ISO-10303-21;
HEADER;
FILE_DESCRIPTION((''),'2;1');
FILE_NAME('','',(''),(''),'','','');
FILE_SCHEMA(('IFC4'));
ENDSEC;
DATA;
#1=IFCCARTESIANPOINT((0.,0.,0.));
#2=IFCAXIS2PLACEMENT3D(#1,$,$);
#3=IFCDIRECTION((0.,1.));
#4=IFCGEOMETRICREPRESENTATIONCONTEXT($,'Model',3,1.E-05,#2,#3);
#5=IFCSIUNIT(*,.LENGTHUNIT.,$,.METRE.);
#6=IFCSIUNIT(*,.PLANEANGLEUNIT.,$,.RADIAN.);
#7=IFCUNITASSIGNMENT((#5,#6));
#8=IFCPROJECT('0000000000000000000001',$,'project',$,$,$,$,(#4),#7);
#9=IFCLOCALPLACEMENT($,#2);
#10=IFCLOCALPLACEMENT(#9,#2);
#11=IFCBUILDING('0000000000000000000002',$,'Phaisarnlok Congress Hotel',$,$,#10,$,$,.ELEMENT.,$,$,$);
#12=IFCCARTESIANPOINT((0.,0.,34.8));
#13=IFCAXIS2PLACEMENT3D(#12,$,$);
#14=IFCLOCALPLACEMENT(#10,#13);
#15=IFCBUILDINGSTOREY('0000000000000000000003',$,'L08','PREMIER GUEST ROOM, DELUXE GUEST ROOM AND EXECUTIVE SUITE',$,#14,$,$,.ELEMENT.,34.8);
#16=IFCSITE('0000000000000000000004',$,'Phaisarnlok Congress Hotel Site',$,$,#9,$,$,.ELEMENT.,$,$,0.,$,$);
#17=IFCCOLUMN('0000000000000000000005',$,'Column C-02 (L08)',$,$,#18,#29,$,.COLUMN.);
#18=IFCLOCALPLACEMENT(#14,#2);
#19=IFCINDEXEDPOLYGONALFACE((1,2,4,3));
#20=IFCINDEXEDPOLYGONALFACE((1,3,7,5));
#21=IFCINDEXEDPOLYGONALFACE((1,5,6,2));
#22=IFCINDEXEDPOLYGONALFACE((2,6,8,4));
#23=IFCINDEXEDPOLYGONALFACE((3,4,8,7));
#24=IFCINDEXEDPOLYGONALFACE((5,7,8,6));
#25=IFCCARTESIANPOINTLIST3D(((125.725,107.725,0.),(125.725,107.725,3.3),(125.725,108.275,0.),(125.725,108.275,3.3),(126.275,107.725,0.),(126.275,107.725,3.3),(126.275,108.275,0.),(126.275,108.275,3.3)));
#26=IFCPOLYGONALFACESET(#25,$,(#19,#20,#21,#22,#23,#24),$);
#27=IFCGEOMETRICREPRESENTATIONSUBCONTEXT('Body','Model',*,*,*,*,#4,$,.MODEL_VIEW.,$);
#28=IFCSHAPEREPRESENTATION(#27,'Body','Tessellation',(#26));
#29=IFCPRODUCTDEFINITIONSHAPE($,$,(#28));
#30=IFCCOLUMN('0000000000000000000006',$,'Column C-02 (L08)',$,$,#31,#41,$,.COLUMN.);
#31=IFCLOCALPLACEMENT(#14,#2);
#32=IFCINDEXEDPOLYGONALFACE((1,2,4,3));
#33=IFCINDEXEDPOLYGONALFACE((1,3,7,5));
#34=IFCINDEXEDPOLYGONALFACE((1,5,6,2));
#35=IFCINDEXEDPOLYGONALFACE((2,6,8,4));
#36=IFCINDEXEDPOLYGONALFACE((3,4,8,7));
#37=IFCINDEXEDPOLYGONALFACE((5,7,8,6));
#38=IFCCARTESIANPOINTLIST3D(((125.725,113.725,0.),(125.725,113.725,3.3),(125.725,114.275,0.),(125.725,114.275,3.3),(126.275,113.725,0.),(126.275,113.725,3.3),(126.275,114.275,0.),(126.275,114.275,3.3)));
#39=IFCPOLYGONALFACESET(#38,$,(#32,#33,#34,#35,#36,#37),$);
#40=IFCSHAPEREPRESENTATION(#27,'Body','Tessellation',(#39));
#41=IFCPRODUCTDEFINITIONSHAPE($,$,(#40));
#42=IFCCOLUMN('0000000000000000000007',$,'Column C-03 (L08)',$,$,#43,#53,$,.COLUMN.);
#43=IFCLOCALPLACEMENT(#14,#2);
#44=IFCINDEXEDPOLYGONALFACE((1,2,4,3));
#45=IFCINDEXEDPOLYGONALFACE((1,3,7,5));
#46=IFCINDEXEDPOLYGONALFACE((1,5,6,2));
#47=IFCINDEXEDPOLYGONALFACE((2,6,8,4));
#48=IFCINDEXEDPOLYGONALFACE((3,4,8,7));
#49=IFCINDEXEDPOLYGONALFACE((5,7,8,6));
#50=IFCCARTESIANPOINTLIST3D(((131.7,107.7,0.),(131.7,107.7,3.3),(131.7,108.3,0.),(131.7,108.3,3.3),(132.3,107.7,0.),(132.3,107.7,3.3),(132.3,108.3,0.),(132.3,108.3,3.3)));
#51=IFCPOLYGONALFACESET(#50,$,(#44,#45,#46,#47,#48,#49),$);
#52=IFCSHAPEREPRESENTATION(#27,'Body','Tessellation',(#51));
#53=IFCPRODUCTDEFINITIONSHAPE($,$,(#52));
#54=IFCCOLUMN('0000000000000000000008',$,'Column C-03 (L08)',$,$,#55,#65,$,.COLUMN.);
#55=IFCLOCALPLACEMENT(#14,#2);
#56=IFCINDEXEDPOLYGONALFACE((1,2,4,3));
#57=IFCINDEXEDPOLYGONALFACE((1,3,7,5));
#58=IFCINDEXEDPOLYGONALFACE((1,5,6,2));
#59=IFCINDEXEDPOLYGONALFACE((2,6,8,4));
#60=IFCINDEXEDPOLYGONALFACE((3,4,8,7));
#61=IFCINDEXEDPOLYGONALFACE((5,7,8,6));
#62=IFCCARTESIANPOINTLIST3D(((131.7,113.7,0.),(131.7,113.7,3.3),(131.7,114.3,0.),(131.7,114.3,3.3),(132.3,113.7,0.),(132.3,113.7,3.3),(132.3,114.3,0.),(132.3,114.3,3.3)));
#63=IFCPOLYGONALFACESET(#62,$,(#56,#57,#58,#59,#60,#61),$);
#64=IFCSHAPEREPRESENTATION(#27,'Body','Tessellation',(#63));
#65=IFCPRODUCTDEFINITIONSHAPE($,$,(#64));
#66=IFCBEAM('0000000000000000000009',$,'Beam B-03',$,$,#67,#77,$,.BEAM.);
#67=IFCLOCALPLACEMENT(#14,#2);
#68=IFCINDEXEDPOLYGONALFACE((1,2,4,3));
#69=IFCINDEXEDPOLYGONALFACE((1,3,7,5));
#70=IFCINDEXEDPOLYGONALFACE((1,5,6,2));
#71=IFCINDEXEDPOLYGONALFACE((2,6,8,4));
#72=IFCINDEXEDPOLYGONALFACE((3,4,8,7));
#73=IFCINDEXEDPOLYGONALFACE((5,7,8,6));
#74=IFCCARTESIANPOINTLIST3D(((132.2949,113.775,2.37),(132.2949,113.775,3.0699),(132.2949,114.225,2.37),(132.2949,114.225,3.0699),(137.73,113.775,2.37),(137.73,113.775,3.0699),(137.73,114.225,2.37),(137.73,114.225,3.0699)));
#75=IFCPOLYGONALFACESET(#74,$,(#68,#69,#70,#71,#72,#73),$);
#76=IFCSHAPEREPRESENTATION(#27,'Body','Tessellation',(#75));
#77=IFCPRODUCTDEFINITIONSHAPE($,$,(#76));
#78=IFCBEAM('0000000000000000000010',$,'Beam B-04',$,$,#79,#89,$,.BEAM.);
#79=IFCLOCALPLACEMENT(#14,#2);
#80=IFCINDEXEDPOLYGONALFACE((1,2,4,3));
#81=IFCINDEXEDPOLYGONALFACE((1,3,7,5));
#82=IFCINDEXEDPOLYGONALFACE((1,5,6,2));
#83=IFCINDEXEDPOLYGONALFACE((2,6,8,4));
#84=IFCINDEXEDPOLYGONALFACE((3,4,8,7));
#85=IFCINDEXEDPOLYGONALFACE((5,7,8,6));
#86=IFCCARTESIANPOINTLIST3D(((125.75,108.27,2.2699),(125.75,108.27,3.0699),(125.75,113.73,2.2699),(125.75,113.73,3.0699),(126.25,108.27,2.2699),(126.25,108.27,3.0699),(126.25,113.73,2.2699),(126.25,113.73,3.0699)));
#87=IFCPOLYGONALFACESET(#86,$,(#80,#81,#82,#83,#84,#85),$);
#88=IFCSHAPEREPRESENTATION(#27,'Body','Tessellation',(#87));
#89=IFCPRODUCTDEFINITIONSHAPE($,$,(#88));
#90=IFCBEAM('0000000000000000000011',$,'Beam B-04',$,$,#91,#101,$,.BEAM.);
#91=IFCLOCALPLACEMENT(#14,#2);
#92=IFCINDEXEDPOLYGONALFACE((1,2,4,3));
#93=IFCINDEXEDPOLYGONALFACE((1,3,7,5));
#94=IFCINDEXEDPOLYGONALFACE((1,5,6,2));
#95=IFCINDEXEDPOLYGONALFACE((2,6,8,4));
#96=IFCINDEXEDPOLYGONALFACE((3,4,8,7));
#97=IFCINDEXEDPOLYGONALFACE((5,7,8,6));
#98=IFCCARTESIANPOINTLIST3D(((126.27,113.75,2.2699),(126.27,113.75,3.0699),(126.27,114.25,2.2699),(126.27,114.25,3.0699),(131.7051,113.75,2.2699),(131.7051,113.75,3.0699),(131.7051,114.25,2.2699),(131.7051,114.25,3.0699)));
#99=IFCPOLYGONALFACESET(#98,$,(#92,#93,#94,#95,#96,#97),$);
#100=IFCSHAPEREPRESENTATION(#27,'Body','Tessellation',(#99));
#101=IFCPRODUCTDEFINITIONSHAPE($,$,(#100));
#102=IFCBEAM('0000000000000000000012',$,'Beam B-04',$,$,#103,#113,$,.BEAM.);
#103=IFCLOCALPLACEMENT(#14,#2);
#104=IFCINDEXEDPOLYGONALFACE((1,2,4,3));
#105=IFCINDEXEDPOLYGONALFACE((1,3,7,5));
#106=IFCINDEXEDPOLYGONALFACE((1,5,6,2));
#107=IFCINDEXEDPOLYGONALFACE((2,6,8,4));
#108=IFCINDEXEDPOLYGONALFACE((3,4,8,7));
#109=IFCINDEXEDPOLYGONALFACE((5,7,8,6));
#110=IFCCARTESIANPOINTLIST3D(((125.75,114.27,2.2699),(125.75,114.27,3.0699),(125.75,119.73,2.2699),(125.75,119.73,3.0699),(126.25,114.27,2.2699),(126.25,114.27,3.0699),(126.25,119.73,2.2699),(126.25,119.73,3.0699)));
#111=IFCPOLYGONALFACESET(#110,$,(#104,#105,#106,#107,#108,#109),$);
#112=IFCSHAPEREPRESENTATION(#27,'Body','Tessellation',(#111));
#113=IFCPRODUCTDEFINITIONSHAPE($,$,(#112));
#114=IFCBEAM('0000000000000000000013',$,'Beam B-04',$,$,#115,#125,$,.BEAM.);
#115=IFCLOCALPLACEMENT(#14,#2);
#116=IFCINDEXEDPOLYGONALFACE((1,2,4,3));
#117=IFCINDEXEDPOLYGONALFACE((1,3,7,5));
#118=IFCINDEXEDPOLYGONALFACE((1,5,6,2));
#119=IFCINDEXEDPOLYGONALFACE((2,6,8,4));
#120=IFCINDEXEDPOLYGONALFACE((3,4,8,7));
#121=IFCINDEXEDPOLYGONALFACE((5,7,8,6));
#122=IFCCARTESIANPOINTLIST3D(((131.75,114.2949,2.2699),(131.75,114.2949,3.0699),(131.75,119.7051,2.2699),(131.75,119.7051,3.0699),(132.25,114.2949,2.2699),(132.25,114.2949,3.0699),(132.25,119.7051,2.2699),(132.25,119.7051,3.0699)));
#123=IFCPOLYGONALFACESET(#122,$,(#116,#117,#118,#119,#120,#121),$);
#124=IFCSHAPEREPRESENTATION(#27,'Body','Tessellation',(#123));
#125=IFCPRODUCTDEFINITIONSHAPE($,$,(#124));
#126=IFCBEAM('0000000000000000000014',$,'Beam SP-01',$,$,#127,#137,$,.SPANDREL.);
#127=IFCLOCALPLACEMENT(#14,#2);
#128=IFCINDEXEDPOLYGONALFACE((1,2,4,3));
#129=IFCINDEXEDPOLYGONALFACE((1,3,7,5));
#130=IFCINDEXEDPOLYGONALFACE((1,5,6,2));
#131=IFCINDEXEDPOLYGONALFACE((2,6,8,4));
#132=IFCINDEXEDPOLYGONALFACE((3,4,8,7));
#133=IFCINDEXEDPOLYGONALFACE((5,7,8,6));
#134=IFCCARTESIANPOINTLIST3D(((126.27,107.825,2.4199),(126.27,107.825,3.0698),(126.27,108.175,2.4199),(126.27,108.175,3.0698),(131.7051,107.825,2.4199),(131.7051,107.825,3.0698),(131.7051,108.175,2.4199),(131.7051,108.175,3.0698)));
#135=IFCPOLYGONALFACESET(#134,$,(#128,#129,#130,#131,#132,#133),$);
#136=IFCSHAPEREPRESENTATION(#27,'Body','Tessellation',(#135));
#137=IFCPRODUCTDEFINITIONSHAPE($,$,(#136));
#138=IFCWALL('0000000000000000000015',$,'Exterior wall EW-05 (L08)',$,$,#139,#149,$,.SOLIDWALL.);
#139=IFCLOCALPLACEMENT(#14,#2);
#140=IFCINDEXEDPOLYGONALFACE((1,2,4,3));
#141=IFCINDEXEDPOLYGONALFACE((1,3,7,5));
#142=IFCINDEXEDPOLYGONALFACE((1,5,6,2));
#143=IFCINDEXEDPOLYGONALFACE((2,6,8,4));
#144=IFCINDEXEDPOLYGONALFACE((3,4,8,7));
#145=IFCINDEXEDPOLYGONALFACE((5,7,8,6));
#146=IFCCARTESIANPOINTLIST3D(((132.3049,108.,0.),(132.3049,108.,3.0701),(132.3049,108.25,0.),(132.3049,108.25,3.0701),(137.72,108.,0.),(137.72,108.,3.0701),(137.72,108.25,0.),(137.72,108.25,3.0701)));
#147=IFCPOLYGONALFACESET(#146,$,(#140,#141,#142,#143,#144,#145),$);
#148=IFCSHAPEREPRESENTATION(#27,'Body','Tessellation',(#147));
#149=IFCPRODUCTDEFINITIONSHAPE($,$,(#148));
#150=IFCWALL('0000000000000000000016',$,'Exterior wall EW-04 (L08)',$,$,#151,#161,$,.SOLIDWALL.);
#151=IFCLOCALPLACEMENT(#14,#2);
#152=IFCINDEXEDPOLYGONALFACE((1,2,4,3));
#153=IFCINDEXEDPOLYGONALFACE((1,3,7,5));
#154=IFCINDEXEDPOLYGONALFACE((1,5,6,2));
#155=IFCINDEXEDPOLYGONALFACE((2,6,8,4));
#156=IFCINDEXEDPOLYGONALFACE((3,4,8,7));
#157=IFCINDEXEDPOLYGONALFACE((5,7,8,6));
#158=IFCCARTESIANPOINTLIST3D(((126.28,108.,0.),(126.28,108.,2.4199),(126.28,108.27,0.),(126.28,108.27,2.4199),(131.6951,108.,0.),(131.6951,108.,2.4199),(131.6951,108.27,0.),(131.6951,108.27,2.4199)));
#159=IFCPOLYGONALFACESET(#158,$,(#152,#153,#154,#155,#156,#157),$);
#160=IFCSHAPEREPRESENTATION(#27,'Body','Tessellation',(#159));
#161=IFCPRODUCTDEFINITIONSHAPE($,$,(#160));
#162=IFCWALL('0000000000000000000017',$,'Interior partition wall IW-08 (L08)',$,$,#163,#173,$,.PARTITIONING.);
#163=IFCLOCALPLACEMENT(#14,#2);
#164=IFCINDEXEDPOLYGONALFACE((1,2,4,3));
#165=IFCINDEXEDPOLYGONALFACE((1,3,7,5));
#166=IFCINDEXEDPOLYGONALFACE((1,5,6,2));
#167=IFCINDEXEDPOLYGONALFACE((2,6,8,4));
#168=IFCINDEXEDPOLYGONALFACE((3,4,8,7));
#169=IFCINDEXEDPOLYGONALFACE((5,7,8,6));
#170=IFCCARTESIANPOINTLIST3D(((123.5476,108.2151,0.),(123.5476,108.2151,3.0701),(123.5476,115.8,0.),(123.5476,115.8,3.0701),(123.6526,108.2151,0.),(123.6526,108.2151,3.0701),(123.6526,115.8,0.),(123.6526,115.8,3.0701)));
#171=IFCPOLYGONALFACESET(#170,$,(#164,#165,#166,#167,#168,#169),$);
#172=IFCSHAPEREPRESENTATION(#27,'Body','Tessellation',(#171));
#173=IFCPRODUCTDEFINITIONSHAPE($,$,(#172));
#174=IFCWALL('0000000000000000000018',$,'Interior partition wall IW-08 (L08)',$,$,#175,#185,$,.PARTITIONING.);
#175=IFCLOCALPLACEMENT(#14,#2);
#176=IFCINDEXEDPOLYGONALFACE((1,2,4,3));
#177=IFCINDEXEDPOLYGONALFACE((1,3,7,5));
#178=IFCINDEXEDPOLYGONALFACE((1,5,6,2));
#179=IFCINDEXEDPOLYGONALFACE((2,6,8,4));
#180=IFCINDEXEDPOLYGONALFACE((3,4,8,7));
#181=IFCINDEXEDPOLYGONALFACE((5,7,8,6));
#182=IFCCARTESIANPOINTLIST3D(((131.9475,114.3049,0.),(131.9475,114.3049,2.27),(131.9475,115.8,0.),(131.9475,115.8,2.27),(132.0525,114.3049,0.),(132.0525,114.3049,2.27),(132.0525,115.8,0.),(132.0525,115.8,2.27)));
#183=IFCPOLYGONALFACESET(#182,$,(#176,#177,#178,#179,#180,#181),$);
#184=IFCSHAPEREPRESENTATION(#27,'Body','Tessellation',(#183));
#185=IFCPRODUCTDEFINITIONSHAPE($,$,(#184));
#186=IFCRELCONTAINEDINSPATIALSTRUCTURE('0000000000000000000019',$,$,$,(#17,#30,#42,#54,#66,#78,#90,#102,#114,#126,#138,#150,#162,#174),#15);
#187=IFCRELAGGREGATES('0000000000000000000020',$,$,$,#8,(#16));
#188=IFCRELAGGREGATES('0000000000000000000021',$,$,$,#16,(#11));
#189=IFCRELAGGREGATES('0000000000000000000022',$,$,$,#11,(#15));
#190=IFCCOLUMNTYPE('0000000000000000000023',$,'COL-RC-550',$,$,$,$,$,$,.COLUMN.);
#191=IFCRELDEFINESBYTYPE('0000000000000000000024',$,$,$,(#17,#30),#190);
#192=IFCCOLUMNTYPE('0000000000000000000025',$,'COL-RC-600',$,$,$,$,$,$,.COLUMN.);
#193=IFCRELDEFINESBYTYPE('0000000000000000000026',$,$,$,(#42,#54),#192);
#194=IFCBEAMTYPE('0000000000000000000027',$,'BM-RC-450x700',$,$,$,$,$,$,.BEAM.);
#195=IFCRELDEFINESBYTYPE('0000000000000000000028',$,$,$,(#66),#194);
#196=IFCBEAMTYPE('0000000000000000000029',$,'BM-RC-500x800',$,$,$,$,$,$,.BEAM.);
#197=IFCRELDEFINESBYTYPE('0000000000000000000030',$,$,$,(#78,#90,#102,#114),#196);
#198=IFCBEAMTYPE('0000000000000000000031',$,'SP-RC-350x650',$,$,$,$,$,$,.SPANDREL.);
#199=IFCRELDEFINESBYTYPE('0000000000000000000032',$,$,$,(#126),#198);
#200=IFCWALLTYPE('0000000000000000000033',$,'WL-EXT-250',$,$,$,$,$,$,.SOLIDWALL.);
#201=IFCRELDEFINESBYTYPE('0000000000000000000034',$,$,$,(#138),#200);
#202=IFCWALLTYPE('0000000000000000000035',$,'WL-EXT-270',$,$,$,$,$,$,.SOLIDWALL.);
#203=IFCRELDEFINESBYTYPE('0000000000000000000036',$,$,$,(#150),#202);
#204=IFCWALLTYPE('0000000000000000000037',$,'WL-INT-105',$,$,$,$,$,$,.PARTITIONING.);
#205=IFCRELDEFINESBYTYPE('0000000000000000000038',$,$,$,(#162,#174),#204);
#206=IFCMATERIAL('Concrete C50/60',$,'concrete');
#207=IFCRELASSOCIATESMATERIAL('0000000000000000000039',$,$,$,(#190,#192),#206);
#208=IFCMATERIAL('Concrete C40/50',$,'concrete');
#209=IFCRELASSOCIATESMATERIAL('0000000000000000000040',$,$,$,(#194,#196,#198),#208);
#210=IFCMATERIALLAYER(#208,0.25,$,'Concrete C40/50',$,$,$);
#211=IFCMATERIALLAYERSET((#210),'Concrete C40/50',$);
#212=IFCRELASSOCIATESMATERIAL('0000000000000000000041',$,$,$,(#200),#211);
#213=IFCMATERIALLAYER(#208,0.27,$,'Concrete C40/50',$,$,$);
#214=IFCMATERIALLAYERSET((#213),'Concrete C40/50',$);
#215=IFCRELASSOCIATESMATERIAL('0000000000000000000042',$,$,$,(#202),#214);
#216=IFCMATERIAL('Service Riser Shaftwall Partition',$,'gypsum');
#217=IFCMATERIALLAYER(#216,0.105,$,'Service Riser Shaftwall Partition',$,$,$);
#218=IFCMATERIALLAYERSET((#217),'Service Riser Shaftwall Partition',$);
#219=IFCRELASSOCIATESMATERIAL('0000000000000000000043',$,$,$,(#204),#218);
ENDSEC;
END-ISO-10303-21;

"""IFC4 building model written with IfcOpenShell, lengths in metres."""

from ifc_helpers import new_model, si_unit, direction, frame, frame_2d, origin, origin_2d, place, context, subcontext, project, spatial, rectangle, extrude, material, layer, layer_set, material_profile, profile_set, type_object, element, save


model = new_model("IFC4")

# Units and contexts
model_context = context("Model", 3, precision=1e-05, world=origin(), true_north=direction((0.0, 1.0)))
body_context = subcontext(model_context, "Body", "Model", "MODEL_VIEW")
ifc_project = project(units=[si_unit("LENGTHUNIT", "METRE"), si_unit("PLANEANGLEUNIT", "RADIAN")], contexts=[model_context])

# Site, building, storey
site_placement = place(None, origin())
site = spatial("IfcSite", under=ifc_project, at=site_placement, Name="Phaisarnlok Congress Hotel Site", CompositionType="ELEMENT", RefElevation=0.0)
building_placement = place(site_placement, origin())
building = spatial("IfcBuilding", under=site, at=building_placement, Name="Phaisarnlok Congress Hotel", CompositionType="ELEMENT")
storey_placement = place(building_placement, frame((0.0, 0.0, 34.8)))
storey = spatial("IfcBuildingStorey", under=building, at=storey_placement, Name="L08", Description="PREMIER GUEST ROOM, DELUXE GUEST ROOM AND EXECUTIVE SUITE", CompositionType="ELEMENT", Elevation=34.8)

# Columns
ifc_material_1 = material(Name="Concrete C50/60", Category="concrete")
ifc_material_profile_1 = material_profile(ifc_material_1, rectangle(XDim=0.55, YDim=0.55, at=origin_2d()), Name="RC 550x550")
ifc_profile_set_1 = profile_set([ifc_material_profile_1], Name="Concrete C50/60")
column_type_1 = type_object("IfcColumnType", Name="COL-RC-550", PredefinedType="COLUMN", material=ifc_profile_set_1)
for number, where, z_axis, x_axis, name in (
    (1, (126.0, 108.0, 0.0), (0.0, 0.0, 1.0), (1.0, 0.0, 0.0), "Column C-02 (L08)"),
    (2, (126.0, 114.0, 0.0), (0.0, 0.0, 1.0), (1.0, 0.0, 0.0), "Column C-02 (L08)"),
):
    element("IfcColumn", number, at=place(storey_placement, frame(where, z_axis=z_axis, x_axis=x_axis)), inside=storey, type_object=column_type_1, Name=name, PredefinedType="COLUMN", context=body_context, shape_type="SweptSolid", body=[
        extrude(rectangle(XDim=0.55, YDim=0.55, at=origin_2d()), origin(), (0.0, 0.0, 1.0), 3.3),
    ])
ifc_material_profile_2 = material_profile(ifc_material_1, rectangle(XDim=0.6001, YDim=0.6001, at=origin_2d()), Name="RC 600x600")
ifc_profile_set_2 = profile_set([ifc_material_profile_2], Name="Concrete C50/60")
column_type_2 = type_object("IfcColumnType", Name="COL-RC-600", PredefinedType="COLUMN", material=ifc_profile_set_2)
for number, where, z_axis, x_axis, name in (
    (3, (132.0, 108.0, 0.0), (0.0, 0.0, 1.0), (1.0, 0.0, 0.0), "Column C-03 (L08)"),
    (4, (132.0, 114.0, 0.0), (0.0, 0.0, 1.0), (1.0, 0.0, 0.0), "Column C-03 (L08)"),
):
    element("IfcColumn", number, at=place(storey_placement, frame(where, z_axis=z_axis, x_axis=x_axis)), inside=storey, type_object=column_type_2, Name=name, PredefinedType="COLUMN", context=body_context, shape_type="SweptSolid", body=[
        extrude(rectangle(XDim=0.6001, YDim=0.6001, at=origin_2d()), origin(), (0.0, 0.0, 1.0), 3.3),
    ])

# Beams
ifc_material_2 = material(Name="Concrete C40/50", Category="concrete")
ifc_material_profile_3 = material_profile(ifc_material_2, rectangle(XDim=0.45, YDim=0.7, at=origin_2d()), Name="RC 450x700")
ifc_profile_set_3 = profile_set([ifc_material_profile_3], Name="Concrete C40/50")
beam_type_1 = type_object("IfcBeamType", Name="BM-RC-450x700", PredefinedType="BEAM", material=ifc_profile_set_3)
beam_1_placement = place(storey_placement, frame((132.2949, 114.0, 2.72), z_axis=(1.0, 0.0, 0.0), x_axis=(0.0, 1.0, 0.0)))
element("IfcBeam", 5, at=beam_1_placement, inside=storey, type_object=beam_type_1, Name="Beam B-03", PredefinedType="BEAM", context=body_context, shape_type="SweptSolid", body=[
    extrude(rectangle(XDim=0.45, YDim=0.7, at=origin_2d()), origin(), (0.0, 0.0, 1.0), 5.4351),
])
ifc_material_profile_4 = material_profile(ifc_material_2, rectangle(XDim=0.5, YDim=0.8, at=origin_2d()), Name="RC 500x800")
ifc_profile_set_4 = profile_set([ifc_material_profile_4], Name="Concrete C40/50")
beam_type_2 = type_object("IfcBeamType", Name="BM-RC-500x800", PredefinedType="BEAM", material=ifc_profile_set_4)
beam_2_placement = place(storey_placement, frame((126.0, 108.27, 2.6699), z_axis=(0.0, 1.0, 0.0), x_axis=(-1.0, 0.0, 0.0)))
element("IfcBeam", 6, at=beam_2_placement, inside=storey, type_object=beam_type_2, Name="Beam B-04", PredefinedType="BEAM", context=body_context, shape_type="SweptSolid", body=[
    extrude(rectangle(XDim=0.5, YDim=0.8, at=origin_2d()), origin(), (0.0, 0.0, 1.0), 5.46),
])
beam_3_placement = place(storey_placement, frame((126.27, 114.0, 2.6699), z_axis=(1.0, 0.0, 0.0), x_axis=(0.0, 1.0, 0.0)))
element("IfcBeam", 7, at=beam_3_placement, inside=storey, type_object=beam_type_2, Name="Beam B-04", PredefinedType="BEAM", context=body_context, shape_type="SweptSolid", body=[
    extrude(rectangle(XDim=0.5, YDim=0.8, at=origin_2d()), origin(), (0.0, 0.0, 1.0), 5.4351),
])
beam_4_placement = place(storey_placement, frame((126.0, 114.27, 2.6699), z_axis=(0.0, 1.0, 0.0), x_axis=(-1.0, 0.0, 0.0)))
element("IfcBeam", 8, at=beam_4_placement, inside=storey, type_object=beam_type_2, Name="Beam B-04", PredefinedType="BEAM", context=body_context, shape_type="SweptSolid", body=[
    extrude(rectangle(XDim=0.5, YDim=0.8, at=origin_2d()), origin(), (0.0, 0.0, 1.0), 5.46),
])
beam_5_placement = place(storey_placement, frame((132.0, 114.2949, 2.6699), z_axis=(0.0, 1.0, 0.0), x_axis=(-1.0, 0.0, 0.0)))
element("IfcBeam", 9, at=beam_5_placement, inside=storey, type_object=beam_type_2, Name="Beam B-04", PredefinedType="BEAM", context=body_context, shape_type="SweptSolid", body=[
    extrude(rectangle(XDim=0.5, YDim=0.8, at=origin_2d()), origin(), (0.0, 0.0, 1.0), 5.4102),
])
ifc_material_profile_5 = material_profile(ifc_material_2, rectangle(XDim=0.3501, YDim=0.6499, at=origin_2d()), Name="RC 350x650")
ifc_profile_set_5 = profile_set([ifc_material_profile_5], Name="Concrete C40/50")
beam_type_3 = type_object("IfcBeamType", Name="SP-RC-350x650", PredefinedType="SPANDREL", material=ifc_profile_set_5)
beam_6_placement = place(storey_placement, frame((126.27, 108.0, 2.7449), z_axis=(1.0, 0.0, 0.0), x_axis=(0.0, 1.0, 0.0)))
element("IfcBeam", 10, at=beam_6_placement, inside=storey, type_object=beam_type_3, Name="Beam SP-01", PredefinedType="SPANDREL", context=body_context, shape_type="SweptSolid", body=[
    extrude(rectangle(XDim=0.3501, YDim=0.6499, at=origin_2d()), origin(), (0.0, 0.0, 1.0), 5.4351),
])

# Walls
ifc_layer_1 = layer(ifc_material_2, 0.25, Name="Concrete C40/50")
ifc_layer_set_1 = layer_set([ifc_layer_1], Name="Concrete C40/50")
wall_type_1 = type_object("IfcWallType", Name="WL-EXT-250", PredefinedType="SOLIDWALL", material=ifc_layer_set_1)
wall_1_placement = place(storey_placement, frame((132.3049, 108.125, 0.0), z_axis=(0.0, 0.0, 1.0), x_axis=(1.0, 0.0, 0.0)))
element("IfcWall", 11, at=wall_1_placement, inside=storey, type_object=wall_type_1, Name="Exterior wall EW-05 (L08)", PredefinedType="SOLIDWALL", context=body_context, shape_type="SweptSolid", body=[
    extrude(rectangle(XDim=5.415, YDim=0.25, at=frame_2d((2.7075, 0.0))), origin(), (0.0, 0.0, 1.0), 3.0701),
])
ifc_layer_2 = layer(ifc_material_2, 0.27, Name="Concrete C40/50")
ifc_layer_set_2 = layer_set([ifc_layer_2], Name="Concrete C40/50")
wall_type_2 = type_object("IfcWallType", Name="WL-EXT-270", PredefinedType="SOLIDWALL", material=ifc_layer_set_2)
wall_2_placement = place(storey_placement, frame((126.28, 108.135, 0.0), z_axis=(0.0, 0.0, 1.0), x_axis=(1.0, 0.0, 0.0)))
element("IfcWall", 12, at=wall_2_placement, inside=storey, type_object=wall_type_2, Name="Exterior wall EW-04 (L08)", PredefinedType="SOLIDWALL", context=body_context, shape_type="SweptSolid", body=[
    extrude(rectangle(XDim=5.415, YDim=0.27, at=frame_2d((2.7075, 0.0))), origin(), (0.0, 0.0, 1.0), 2.4199),
])
ifc_material_3 = material(Name="Service Riser Shaftwall Partition", Category="gypsum")
ifc_layer_3 = layer(ifc_material_3, 0.105, Name="Service Riser Shaftwall Partition")
ifc_layer_set_3 = layer_set([ifc_layer_3], Name="Service Riser Shaftwall Partition")
wall_type_3 = type_object("IfcWallType", Name="WL-INT-105", PredefinedType="PARTITIONING", material=ifc_layer_set_3)
wall_3_placement = place(storey_placement, frame((123.6001, 108.2151, 0.0), z_axis=(0.0, 0.0, 1.0), x_axis=(0.0, 1.0, 0.0)))
element("IfcWall", 13, at=wall_3_placement, inside=storey, type_object=wall_type_3, Name="Interior partition wall IW-08 (L08)", PredefinedType="PARTITIONING", context=body_context, shape_type="SweptSolid", body=[
    extrude(rectangle(XDim=7.585, YDim=0.105, at=frame_2d((3.7925, 0.0))), origin(), (0.0, 0.0, 1.0), 3.0701),
])
wall_4_placement = place(storey_placement, frame((132.0, 114.3049, 0.0), z_axis=(0.0, 0.0, 1.0), x_axis=(0.0, 1.0, 0.0)))
element("IfcWall", 14, at=wall_4_placement, inside=storey, type_object=wall_type_3, Name="Interior partition wall IW-08 (L08)", PredefinedType="PARTITIONING", context=body_context, shape_type="SweptSolid", body=[
    extrude(rectangle(XDim=1.4951, YDim=0.105, at=frame_2d((0.7476, 0.0))), origin(), (0.0, 0.0, 1.0), 2.27),
])

save(model, "model.ifc")
